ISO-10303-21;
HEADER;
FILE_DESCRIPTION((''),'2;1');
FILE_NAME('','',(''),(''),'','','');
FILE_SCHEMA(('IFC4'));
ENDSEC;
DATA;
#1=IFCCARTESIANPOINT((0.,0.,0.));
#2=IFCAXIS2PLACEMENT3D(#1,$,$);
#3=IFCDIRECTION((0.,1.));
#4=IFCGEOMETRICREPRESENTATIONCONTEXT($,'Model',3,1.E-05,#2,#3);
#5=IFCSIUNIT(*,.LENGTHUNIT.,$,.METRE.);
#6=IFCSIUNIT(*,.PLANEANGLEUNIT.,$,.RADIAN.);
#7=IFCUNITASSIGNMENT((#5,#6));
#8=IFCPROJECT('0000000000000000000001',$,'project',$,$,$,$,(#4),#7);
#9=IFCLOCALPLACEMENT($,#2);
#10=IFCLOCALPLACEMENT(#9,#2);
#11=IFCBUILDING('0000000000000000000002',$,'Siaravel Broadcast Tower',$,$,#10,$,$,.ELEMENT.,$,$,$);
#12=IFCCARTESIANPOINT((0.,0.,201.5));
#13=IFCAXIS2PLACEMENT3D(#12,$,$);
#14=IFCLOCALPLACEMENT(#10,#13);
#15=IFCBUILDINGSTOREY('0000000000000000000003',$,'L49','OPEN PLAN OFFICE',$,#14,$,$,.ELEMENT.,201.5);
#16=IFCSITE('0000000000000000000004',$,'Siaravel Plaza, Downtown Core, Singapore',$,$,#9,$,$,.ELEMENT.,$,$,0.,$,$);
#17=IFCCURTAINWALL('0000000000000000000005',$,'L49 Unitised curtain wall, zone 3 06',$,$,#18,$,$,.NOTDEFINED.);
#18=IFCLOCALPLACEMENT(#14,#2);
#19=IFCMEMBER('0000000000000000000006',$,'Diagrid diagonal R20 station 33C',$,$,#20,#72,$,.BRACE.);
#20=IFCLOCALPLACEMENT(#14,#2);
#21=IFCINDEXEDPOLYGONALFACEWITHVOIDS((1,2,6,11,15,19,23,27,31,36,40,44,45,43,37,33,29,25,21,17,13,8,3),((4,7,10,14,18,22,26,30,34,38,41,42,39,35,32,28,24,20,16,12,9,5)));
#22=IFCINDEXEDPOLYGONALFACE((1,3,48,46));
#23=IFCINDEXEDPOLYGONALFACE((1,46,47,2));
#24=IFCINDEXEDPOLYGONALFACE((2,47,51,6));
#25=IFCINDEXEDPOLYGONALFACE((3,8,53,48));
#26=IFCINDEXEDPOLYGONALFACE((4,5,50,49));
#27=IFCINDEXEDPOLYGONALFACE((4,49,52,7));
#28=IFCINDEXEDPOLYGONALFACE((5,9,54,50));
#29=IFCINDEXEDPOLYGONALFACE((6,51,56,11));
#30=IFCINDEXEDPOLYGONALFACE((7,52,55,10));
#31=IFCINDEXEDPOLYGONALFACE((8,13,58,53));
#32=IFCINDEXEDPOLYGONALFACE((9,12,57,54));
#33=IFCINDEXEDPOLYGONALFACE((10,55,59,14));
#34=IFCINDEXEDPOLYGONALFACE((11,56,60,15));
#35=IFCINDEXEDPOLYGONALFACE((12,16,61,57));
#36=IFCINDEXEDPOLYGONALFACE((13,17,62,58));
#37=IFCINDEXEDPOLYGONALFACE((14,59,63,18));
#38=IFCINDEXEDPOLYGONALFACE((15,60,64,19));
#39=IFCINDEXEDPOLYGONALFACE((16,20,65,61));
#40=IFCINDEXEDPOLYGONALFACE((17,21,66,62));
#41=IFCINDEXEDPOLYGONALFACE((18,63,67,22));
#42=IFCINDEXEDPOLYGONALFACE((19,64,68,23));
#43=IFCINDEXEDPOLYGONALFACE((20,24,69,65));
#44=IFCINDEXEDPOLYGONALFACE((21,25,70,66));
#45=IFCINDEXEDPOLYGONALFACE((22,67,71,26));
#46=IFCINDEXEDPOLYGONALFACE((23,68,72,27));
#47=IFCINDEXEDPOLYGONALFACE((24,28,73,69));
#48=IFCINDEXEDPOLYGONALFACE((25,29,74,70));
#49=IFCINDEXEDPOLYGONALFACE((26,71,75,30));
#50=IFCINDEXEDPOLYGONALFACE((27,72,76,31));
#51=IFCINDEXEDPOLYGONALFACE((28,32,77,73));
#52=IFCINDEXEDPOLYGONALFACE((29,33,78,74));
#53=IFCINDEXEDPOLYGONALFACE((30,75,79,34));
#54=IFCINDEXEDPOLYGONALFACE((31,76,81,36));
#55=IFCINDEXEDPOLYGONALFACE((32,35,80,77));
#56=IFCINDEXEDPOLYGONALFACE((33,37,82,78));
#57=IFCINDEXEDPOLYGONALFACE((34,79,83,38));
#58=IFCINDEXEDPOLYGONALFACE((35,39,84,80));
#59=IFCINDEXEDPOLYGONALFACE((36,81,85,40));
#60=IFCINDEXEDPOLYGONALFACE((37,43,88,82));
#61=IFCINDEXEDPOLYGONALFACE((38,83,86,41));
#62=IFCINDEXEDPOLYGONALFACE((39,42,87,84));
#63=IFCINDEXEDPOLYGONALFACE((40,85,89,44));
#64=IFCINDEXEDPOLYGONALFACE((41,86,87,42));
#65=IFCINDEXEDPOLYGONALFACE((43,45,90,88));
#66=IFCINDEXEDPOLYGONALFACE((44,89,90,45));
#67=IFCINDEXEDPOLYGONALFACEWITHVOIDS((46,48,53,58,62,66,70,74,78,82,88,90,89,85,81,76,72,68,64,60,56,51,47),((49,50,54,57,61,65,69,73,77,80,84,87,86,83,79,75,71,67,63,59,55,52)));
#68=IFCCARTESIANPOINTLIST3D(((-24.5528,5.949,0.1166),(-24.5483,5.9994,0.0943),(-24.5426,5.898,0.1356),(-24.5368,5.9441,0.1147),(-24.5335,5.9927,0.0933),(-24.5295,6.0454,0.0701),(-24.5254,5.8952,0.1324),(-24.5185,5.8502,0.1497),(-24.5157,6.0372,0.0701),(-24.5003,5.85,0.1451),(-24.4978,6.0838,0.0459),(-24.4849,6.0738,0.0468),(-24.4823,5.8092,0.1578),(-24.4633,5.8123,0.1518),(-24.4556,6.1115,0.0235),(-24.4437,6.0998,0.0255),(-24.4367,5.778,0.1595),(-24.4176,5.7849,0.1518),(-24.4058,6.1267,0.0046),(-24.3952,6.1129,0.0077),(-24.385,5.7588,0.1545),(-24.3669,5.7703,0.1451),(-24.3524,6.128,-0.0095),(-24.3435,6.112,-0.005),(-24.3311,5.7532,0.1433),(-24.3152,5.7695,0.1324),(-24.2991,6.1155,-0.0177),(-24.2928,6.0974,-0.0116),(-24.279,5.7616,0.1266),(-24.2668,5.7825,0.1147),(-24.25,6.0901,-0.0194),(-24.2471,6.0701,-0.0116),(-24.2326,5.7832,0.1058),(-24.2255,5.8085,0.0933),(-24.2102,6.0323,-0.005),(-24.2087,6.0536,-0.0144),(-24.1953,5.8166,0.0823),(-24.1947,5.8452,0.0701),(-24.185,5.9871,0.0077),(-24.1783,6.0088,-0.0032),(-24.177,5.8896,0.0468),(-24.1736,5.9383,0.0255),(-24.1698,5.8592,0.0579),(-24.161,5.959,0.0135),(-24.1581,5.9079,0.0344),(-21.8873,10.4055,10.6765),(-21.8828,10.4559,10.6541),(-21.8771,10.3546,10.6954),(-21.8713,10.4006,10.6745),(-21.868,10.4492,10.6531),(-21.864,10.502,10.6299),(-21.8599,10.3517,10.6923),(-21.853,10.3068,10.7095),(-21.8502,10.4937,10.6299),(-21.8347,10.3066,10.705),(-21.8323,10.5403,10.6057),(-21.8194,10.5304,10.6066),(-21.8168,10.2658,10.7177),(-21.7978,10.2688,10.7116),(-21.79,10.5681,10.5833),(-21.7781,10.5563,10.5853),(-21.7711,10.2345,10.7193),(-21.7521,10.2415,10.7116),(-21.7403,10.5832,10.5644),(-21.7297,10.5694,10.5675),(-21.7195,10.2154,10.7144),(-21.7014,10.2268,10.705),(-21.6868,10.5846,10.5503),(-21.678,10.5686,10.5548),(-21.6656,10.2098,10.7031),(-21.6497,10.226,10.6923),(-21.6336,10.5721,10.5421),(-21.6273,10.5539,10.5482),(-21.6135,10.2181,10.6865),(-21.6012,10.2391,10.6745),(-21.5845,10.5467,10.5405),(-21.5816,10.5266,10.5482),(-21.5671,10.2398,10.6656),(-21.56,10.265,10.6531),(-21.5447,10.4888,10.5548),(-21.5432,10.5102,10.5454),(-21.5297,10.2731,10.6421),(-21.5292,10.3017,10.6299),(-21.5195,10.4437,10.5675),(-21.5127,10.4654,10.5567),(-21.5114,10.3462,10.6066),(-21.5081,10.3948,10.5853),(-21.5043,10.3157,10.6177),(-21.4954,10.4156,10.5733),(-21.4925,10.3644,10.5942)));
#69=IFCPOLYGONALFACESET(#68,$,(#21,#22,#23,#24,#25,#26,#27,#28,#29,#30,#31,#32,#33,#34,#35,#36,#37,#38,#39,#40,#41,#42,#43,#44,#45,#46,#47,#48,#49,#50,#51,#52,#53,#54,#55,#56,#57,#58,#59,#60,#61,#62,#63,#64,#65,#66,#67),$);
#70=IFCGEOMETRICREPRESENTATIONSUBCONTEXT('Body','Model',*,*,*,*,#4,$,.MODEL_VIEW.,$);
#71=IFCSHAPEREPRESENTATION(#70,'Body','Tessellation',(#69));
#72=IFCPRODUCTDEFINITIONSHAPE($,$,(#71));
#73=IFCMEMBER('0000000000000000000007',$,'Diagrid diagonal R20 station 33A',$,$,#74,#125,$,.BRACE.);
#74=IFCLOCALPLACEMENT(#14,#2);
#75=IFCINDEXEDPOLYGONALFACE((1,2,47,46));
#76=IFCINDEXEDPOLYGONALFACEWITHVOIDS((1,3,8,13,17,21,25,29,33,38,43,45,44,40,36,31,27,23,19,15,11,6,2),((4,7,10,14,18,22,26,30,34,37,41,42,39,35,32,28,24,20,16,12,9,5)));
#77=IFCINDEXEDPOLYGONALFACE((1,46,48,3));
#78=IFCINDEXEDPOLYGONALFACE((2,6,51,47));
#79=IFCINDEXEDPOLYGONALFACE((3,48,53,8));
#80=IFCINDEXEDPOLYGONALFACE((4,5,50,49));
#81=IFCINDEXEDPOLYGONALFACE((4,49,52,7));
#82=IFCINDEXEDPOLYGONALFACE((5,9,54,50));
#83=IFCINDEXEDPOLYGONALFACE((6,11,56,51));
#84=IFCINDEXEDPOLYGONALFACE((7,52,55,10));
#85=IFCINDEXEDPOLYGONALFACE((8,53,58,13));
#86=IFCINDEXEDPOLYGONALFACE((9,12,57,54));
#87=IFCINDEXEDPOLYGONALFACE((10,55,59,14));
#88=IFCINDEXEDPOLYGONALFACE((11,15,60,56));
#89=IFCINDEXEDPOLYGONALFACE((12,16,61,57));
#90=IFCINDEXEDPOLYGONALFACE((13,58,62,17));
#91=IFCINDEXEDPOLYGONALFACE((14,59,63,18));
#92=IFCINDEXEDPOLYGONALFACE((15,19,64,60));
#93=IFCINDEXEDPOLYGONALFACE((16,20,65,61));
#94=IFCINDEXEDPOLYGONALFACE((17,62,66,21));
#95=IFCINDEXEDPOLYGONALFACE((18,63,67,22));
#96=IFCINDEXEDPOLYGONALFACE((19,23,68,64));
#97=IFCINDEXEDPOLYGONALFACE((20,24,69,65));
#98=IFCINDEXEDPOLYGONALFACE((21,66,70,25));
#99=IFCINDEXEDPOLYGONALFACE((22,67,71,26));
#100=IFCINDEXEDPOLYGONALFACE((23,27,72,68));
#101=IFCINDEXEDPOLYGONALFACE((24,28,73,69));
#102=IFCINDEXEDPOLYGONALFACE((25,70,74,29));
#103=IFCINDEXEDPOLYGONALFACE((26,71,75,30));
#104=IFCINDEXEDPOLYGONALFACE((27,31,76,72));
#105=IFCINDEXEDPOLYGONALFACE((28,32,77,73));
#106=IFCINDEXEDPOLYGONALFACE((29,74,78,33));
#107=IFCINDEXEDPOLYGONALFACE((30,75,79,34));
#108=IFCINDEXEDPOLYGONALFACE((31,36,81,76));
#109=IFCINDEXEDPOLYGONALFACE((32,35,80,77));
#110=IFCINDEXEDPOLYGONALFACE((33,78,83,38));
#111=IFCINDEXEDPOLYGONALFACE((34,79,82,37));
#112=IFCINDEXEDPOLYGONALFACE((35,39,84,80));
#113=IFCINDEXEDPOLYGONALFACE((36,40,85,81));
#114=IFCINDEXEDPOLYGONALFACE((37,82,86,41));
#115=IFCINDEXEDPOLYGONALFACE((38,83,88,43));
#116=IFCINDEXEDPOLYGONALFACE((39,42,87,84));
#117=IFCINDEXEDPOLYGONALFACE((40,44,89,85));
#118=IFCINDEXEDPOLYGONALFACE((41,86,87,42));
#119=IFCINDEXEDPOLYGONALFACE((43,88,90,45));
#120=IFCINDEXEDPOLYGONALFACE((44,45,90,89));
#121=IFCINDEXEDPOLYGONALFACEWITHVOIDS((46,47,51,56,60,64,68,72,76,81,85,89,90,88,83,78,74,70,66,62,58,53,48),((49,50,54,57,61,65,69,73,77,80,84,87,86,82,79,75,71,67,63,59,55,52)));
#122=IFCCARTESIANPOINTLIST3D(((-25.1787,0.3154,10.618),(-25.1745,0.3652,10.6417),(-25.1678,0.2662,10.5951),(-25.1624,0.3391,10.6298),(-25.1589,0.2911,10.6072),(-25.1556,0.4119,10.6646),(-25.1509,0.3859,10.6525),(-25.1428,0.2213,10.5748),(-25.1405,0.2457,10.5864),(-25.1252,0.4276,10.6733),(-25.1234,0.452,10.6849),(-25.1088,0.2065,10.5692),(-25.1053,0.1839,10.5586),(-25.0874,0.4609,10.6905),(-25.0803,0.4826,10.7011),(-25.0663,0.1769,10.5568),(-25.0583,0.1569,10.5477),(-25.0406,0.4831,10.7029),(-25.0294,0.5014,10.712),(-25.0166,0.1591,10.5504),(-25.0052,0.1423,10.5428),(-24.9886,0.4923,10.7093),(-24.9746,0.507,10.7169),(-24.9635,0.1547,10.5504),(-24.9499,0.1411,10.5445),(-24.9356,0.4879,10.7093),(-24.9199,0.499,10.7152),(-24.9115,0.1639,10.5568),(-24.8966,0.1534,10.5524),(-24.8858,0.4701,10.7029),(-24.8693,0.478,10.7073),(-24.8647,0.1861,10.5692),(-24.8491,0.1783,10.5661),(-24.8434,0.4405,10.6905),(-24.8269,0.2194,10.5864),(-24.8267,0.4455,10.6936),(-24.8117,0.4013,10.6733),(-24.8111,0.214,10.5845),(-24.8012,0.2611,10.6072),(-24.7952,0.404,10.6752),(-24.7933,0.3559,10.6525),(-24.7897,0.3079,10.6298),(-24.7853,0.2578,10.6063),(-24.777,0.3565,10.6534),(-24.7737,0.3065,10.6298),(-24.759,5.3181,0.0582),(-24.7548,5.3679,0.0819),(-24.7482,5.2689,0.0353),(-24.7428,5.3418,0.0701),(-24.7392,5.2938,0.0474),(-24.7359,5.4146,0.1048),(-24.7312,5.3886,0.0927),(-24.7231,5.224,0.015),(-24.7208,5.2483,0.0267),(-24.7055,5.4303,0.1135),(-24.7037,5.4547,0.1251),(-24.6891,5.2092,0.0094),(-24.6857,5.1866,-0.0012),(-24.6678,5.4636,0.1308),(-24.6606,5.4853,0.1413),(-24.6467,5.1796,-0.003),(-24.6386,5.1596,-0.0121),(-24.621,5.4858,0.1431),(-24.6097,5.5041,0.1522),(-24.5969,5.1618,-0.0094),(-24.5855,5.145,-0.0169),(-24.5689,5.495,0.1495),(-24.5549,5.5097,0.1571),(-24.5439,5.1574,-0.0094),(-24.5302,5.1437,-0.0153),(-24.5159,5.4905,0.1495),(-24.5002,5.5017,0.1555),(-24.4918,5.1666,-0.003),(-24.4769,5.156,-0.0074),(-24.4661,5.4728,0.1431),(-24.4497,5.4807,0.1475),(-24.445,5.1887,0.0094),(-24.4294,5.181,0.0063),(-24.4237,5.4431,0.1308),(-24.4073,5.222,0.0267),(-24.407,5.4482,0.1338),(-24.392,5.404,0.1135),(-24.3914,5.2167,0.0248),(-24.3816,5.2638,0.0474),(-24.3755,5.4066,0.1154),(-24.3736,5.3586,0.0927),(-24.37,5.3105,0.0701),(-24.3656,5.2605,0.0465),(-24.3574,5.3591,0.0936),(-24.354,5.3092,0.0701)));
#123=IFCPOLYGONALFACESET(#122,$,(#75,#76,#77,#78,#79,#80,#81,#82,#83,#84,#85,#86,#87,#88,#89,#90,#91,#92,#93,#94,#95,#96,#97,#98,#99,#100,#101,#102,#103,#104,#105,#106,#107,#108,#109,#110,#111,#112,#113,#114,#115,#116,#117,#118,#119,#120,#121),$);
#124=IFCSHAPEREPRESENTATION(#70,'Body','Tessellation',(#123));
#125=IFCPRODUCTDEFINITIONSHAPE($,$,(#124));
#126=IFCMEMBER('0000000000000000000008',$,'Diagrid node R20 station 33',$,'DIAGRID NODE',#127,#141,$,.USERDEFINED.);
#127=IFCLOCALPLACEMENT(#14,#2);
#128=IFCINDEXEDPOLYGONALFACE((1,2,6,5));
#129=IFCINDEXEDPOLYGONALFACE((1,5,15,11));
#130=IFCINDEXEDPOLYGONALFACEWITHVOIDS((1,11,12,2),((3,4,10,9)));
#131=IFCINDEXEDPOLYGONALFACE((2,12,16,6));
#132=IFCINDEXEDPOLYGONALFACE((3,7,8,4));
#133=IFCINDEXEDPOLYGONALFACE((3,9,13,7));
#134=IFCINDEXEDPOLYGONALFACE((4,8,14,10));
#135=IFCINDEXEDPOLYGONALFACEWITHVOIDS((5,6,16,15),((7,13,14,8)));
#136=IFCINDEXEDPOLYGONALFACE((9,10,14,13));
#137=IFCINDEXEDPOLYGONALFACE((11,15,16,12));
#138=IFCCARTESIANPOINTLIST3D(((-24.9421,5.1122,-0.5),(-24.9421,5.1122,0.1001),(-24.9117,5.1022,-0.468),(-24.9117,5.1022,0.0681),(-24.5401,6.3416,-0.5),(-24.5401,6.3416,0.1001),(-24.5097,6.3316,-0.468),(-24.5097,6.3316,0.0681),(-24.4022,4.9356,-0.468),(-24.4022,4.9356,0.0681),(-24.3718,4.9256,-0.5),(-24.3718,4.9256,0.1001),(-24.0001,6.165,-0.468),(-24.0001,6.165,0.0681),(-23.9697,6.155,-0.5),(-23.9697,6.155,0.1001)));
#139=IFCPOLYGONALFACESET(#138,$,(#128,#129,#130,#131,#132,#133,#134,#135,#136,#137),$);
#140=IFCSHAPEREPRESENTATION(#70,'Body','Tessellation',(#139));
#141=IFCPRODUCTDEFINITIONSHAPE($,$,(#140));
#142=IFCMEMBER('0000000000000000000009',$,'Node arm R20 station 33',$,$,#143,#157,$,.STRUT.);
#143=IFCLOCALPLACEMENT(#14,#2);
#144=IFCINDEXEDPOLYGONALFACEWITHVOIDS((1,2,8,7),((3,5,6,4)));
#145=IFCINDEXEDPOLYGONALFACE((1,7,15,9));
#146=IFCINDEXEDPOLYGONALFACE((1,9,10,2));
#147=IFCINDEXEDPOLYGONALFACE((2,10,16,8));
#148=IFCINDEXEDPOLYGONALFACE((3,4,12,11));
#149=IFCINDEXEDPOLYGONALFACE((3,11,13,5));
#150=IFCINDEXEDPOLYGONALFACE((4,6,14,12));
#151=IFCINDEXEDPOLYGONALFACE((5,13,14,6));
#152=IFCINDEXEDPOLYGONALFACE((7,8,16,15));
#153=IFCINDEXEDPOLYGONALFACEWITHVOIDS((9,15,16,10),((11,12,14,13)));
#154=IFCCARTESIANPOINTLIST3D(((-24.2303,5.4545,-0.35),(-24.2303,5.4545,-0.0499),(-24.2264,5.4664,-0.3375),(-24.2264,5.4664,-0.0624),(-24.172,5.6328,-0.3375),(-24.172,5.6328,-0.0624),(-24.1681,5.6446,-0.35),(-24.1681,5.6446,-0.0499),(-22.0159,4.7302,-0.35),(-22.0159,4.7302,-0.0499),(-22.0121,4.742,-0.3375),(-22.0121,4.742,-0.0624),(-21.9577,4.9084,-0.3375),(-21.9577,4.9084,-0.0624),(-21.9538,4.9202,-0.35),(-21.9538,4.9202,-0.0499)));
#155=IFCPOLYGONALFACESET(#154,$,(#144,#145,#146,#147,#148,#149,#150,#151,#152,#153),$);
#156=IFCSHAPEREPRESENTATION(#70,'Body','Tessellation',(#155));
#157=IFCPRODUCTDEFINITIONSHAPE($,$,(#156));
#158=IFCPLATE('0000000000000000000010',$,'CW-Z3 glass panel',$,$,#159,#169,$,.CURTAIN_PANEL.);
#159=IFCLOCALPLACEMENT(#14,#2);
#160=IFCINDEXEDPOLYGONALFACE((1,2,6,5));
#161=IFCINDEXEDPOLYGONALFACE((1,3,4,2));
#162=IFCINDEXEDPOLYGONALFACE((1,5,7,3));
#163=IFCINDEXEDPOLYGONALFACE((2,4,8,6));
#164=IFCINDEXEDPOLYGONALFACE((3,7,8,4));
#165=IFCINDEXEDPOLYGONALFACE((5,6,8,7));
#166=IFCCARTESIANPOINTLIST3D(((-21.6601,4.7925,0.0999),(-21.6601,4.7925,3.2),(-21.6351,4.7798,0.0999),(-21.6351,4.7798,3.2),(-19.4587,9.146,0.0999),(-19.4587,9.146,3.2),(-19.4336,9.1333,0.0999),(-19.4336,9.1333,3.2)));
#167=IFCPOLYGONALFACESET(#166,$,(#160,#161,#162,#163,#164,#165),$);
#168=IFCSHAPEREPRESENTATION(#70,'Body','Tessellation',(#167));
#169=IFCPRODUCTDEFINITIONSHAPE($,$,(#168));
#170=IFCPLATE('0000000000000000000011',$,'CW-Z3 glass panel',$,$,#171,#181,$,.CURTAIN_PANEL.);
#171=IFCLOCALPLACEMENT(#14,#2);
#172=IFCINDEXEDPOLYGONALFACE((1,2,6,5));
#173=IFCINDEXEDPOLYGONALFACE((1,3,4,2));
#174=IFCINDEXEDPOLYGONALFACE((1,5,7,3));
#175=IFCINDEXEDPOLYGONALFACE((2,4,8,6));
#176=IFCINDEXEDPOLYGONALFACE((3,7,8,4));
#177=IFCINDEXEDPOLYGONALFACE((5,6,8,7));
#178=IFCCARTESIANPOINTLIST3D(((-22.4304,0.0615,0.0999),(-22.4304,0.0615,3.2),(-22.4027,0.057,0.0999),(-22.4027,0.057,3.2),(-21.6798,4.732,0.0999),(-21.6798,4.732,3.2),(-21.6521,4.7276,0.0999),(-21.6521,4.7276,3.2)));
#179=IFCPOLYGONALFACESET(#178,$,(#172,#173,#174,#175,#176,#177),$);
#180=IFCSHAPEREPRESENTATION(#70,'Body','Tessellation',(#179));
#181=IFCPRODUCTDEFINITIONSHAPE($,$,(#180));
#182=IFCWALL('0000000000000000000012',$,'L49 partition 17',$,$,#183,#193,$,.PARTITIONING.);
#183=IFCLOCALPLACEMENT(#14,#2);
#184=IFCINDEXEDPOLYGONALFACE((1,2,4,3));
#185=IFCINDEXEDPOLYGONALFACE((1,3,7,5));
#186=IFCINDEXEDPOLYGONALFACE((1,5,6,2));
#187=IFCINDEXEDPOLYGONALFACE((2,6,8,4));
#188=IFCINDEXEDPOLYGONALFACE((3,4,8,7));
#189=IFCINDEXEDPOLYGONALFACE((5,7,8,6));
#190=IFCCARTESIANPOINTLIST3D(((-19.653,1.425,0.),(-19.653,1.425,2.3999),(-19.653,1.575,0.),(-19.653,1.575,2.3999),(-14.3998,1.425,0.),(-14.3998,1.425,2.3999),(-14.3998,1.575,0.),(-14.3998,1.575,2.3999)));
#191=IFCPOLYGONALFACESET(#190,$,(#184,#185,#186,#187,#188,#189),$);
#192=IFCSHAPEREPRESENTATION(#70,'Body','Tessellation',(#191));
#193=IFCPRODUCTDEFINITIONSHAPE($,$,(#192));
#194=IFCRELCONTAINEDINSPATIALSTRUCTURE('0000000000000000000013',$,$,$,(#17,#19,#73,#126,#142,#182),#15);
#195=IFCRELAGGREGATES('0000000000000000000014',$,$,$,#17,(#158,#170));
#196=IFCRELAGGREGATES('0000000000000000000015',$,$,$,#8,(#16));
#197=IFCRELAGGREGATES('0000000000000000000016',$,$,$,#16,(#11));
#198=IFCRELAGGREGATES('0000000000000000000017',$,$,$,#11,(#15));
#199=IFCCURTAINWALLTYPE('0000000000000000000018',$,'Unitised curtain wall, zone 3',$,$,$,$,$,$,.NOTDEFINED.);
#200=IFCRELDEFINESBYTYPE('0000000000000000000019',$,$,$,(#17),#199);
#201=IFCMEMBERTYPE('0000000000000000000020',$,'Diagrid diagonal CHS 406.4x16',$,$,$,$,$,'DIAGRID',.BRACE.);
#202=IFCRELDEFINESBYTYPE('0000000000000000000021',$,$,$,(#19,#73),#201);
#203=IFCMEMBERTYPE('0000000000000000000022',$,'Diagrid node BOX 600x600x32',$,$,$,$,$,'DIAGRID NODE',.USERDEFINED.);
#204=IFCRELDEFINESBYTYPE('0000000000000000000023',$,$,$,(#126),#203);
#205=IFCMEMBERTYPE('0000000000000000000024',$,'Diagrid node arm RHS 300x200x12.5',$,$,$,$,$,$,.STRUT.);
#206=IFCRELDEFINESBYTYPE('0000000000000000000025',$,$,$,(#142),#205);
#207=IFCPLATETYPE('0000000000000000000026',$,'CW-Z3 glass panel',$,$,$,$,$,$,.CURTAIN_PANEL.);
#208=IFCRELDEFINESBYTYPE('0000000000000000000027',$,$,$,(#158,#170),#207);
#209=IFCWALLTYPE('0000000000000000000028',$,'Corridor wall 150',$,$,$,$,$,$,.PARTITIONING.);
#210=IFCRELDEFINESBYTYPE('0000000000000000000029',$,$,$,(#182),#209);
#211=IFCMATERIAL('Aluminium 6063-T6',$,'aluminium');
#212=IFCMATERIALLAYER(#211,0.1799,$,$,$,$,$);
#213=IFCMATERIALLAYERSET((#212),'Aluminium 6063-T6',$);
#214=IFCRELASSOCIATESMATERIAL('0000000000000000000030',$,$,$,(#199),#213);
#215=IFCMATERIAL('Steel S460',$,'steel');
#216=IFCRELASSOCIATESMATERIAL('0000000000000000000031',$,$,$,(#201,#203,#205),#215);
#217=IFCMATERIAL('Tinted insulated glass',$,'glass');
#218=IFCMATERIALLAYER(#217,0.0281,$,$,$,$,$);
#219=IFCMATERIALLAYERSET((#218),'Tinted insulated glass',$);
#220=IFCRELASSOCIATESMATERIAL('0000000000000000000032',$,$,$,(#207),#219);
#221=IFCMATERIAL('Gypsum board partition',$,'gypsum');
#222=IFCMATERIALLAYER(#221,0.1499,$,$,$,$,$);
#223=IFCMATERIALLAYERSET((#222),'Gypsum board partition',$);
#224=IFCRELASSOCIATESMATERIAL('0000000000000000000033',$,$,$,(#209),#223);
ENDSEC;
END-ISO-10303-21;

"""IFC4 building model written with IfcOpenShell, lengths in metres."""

from ifc_helpers import new_model, si_unit, direction, frame, frame_2d, origin, origin_2d, place, context, subcontext, project, spatial, rectangle, hollow_rectangle, hollow_circle, extrude, material, layer, layer_set, material_profile, profile_set, type_object, element, aggregate, save


model = new_model("IFC4")

# Units and contexts
model_context = context("Model", 3, precision=1e-05, world=origin(), true_north=direction((0.0, 1.0)))
body_context = subcontext(model_context, "Body", "Model", "MODEL_VIEW")
ifc_project = project(units=[si_unit("LENGTHUNIT", "METRE"), si_unit("PLANEANGLEUNIT", "RADIAN")], contexts=[model_context])

# Site, building, storey
site_placement = place(None, origin())
site = spatial("IfcSite", under=ifc_project, at=site_placement, Name="Siaravel Plaza, Downtown Core, Singapore", CompositionType="ELEMENT", RefElevation=0.0)
building_placement = place(site_placement, origin())
building = spatial("IfcBuilding", under=site, at=building_placement, Name="Siaravel Broadcast Tower", CompositionType="ELEMENT")
storey_placement = place(building_placement, frame((0.0, 0.0, 201.5)))
storey = spatial("IfcBuildingStorey", under=building, at=storey_placement, Name="L49", Description="OPEN PLAN OFFICE", CompositionType="ELEMENT", Elevation=201.5)

# Curtain wall
ifc_material_1 = material(Name="Aluminium 6063-T6", Category="aluminium")
ifc_layer_1 = layer(ifc_material_1, 0.1799)
ifc_layer_set_1 = layer_set([ifc_layer_1], Name="Aluminium 6063-T6")
curtain_wall_type = type_object("IfcCurtainWallType", Name="Unitised curtain wall, zone 3", PredefinedType="NOTDEFINED", material=ifc_layer_set_1)
curtain_wall_placement = place(storey_placement, origin())
curtain_wall = element("IfcCurtainWall", 1, at=curtain_wall_placement, inside=storey, type_object=curtain_wall_type, Name="L49 Unitised curtain wall, zone 3 06", PredefinedType="NOTDEFINED")

# Members
ifc_material_2 = material(Name="Steel S460", Category="steel")
ifc_material_profile_1 = material_profile(ifc_material_2, hollow_circle(Radius=0.2031, WallThickness=0.0161, at=origin_2d()))
ifc_profile_set_1 = profile_set([ifc_material_profile_1], Name="Steel S460")
member_type_1 = type_object("IfcMemberType", Name="Diagrid diagonal CHS 406.4x16", ElementType="DIAGRID", PredefinedType="BRACE", material=ifc_profile_set_1)
member_1_placement = place(storey_placement, frame((-24.3552, 5.9412, 0.0701), z_axis=(0.226515, 0.378714, 0.897366), x_axis=(-0.858206, 0.513306, 0.0)))
element("IfcMember", 2, at=member_1_placement, inside=storey, type_object=member_type_1, Name="Diagrid diagonal R20 station 33C", PredefinedType="BRACE", context=body_context, shape_type="SweptSolid", body=[
    extrude(hollow_circle(Radius=0.2031, WallThickness=0.0161, at=origin_2d()), origin(), (0.0, 0.0, 1.0), 11.7676),
])
member_2_placement = place(storey_placement, frame((-24.5564, 5.3262, 0.0701), z_axis=(-0.035893, -0.427857, 0.903133), x_axis=(0.9965, -0.083597, 0.0)))
element("IfcMember", 3, at=member_2_placement, inside=storey, type_object=member_type_1, Name="Diagrid diagonal R20 station 33A", PredefinedType="BRACE", context=body_context, shape_type="SweptSolid", body=[
    extrude(hollow_circle(Radius=0.2031, WallThickness=0.0161, at=origin_2d()), origin(), (0.0, 0.0, 1.0), 11.6924),
])
ifc_material_profile_2 = material_profile(ifc_material_2, hollow_rectangle(XDim=0.6001, YDim=0.6001, WallThickness=0.032, at=origin_2d()))
ifc_profile_set_2 = profile_set([ifc_material_profile_2], Name="Steel S460")
member_type_2 = type_object("IfcMemberType", Name="Diagrid node BOX 600x600x32", ElementType="DIAGRID NODE", PredefinedType="USERDEFINED", material=ifc_profile_set_2)
member_3_placement = place(storey_placement, frame((-24.2549, 6.2483, -0.2), z_axis=(-0.310844, -0.950461, 0.0), x_axis=(0.950461, -0.310844, 0.0)))
element("IfcMember", 4, at=member_3_placement, inside=storey, type_object=member_type_2, Name="Diagrid node R20 station 33", ObjectType="DIAGRID NODE", PredefinedType="USERDEFINED", context=body_context, shape_type="SweptSolid", body=[
    extrude(hollow_rectangle(XDim=0.6001, YDim=0.6001, WallThickness=0.032, at=origin_2d()), origin(), (0.0, 0.0, 1.0), 1.2935),
])
ifc_material_profile_3 = material_profile(ifc_material_2, hollow_rectangle(XDim=0.2, YDim=0.3, WallThickness=0.0125, at=origin_2d()))
ifc_profile_set_3 = profile_set([ifc_material_profile_3], Name="Steel S460")
member_type_3 = type_object("IfcMemberType", Name="Diagrid node arm RHS 300x200x12.5", PredefinedType="STRUT", material=ifc_profile_set_3)
member_4_placement = place(storey_placement, frame((-21.9849, 4.8252, -0.2), z_axis=(-0.950439, 0.31091, 0.0), x_axis=(-0.31091, -0.950439, 0.0)))
element("IfcMember", 5, at=member_4_placement, inside=storey, type_object=member_type_3, Name="Node arm R20 station 33", PredefinedType="STRUT", context=body_context, shape_type="SweptSolid", body=[
    extrude(hollow_rectangle(XDim=0.2, YDim=0.3, WallThickness=0.0125, at=origin_2d()), origin(), (0.0, 0.0, 1.0), 2.3298),
])

# Plates
ifc_material_3 = material(Name="Tinted insulated glass", Category="glass")
ifc_layer_2 = layer(ifc_material_3, 0.0281)
ifc_layer_set_2 = layer_set([ifc_layer_2], Name="Tinted insulated glass")
plate_type = type_object("IfcPlateType", Name="CW-Z3 glass panel", PredefinedType="CURTAIN_PANEL", material=ifc_layer_set_2)
plate_1_placement = place(storey_placement, frame((-20.5469, 6.9629, 0.0999), z_axis=(0.0, 0.0, 1.0), x_axis=(-0.451259, -0.892393, 0.0)))
plate_1 = element("IfcPlate", 6, at=plate_1_placement, type_object=plate_type, Name="CW-Z3 glass panel", PredefinedType="CURTAIN_PANEL", context=body_context, shape_type="SweptSolid", body=[
    extrude(rectangle(XDim=4.8784, YDim=0.0281, at=origin_2d()), origin(), (0.0, 0.0, 1.0), 3.1001),
])
plate_2_placement = place(storey_placement, frame((-22.0413, 2.3945, 0.0999), z_axis=(0.0, 0.0, 1.0), x_axis=(-0.158685, -0.987329, 0.0)))
plate_2 = element("IfcPlate", 7, at=plate_2_placement, type_object=plate_type, Name="CW-Z3 glass panel", PredefinedType="CURTAIN_PANEL", context=body_context, shape_type="SweptSolid", body=[
    extrude(rectangle(XDim=4.7305, YDim=0.0281, at=origin_2d()), origin(), (0.0, 0.0, 1.0), 3.1001),
])
aggregate(curtain_wall, [plate_1, plate_2])

# Wall
ifc_material_4 = material(Name="Gypsum board partition", Category="gypsum")
ifc_layer_3 = layer(ifc_material_4, 0.1499)
ifc_layer_set_3 = layer_set([ifc_layer_3], Name="Gypsum board partition")
wall_type_1 = type_object("IfcWallType", Name="Corridor wall 150", PredefinedType="PARTITIONING", material=ifc_layer_set_3)
wall_1_placement = place(storey_placement, frame((-14.3999, 1.5, 0.0), z_axis=(0.0, 0.0, 1.0), x_axis=(-1.0, 0.0, 0.0)))
element("IfcWall", 8, at=wall_1_placement, inside=storey, type_object=wall_type_1, Name="L49 partition 17", PredefinedType="PARTITIONING", context=body_context, shape_type="SweptSolid", body=[
    extrude(rectangle(XDim=5.2532, YDim=0.1499, at=frame_2d((2.6265, 0.0))), origin(), (0.0, 0.0, 1.0), 2.3999),
])

save(model, "model.ifc")
